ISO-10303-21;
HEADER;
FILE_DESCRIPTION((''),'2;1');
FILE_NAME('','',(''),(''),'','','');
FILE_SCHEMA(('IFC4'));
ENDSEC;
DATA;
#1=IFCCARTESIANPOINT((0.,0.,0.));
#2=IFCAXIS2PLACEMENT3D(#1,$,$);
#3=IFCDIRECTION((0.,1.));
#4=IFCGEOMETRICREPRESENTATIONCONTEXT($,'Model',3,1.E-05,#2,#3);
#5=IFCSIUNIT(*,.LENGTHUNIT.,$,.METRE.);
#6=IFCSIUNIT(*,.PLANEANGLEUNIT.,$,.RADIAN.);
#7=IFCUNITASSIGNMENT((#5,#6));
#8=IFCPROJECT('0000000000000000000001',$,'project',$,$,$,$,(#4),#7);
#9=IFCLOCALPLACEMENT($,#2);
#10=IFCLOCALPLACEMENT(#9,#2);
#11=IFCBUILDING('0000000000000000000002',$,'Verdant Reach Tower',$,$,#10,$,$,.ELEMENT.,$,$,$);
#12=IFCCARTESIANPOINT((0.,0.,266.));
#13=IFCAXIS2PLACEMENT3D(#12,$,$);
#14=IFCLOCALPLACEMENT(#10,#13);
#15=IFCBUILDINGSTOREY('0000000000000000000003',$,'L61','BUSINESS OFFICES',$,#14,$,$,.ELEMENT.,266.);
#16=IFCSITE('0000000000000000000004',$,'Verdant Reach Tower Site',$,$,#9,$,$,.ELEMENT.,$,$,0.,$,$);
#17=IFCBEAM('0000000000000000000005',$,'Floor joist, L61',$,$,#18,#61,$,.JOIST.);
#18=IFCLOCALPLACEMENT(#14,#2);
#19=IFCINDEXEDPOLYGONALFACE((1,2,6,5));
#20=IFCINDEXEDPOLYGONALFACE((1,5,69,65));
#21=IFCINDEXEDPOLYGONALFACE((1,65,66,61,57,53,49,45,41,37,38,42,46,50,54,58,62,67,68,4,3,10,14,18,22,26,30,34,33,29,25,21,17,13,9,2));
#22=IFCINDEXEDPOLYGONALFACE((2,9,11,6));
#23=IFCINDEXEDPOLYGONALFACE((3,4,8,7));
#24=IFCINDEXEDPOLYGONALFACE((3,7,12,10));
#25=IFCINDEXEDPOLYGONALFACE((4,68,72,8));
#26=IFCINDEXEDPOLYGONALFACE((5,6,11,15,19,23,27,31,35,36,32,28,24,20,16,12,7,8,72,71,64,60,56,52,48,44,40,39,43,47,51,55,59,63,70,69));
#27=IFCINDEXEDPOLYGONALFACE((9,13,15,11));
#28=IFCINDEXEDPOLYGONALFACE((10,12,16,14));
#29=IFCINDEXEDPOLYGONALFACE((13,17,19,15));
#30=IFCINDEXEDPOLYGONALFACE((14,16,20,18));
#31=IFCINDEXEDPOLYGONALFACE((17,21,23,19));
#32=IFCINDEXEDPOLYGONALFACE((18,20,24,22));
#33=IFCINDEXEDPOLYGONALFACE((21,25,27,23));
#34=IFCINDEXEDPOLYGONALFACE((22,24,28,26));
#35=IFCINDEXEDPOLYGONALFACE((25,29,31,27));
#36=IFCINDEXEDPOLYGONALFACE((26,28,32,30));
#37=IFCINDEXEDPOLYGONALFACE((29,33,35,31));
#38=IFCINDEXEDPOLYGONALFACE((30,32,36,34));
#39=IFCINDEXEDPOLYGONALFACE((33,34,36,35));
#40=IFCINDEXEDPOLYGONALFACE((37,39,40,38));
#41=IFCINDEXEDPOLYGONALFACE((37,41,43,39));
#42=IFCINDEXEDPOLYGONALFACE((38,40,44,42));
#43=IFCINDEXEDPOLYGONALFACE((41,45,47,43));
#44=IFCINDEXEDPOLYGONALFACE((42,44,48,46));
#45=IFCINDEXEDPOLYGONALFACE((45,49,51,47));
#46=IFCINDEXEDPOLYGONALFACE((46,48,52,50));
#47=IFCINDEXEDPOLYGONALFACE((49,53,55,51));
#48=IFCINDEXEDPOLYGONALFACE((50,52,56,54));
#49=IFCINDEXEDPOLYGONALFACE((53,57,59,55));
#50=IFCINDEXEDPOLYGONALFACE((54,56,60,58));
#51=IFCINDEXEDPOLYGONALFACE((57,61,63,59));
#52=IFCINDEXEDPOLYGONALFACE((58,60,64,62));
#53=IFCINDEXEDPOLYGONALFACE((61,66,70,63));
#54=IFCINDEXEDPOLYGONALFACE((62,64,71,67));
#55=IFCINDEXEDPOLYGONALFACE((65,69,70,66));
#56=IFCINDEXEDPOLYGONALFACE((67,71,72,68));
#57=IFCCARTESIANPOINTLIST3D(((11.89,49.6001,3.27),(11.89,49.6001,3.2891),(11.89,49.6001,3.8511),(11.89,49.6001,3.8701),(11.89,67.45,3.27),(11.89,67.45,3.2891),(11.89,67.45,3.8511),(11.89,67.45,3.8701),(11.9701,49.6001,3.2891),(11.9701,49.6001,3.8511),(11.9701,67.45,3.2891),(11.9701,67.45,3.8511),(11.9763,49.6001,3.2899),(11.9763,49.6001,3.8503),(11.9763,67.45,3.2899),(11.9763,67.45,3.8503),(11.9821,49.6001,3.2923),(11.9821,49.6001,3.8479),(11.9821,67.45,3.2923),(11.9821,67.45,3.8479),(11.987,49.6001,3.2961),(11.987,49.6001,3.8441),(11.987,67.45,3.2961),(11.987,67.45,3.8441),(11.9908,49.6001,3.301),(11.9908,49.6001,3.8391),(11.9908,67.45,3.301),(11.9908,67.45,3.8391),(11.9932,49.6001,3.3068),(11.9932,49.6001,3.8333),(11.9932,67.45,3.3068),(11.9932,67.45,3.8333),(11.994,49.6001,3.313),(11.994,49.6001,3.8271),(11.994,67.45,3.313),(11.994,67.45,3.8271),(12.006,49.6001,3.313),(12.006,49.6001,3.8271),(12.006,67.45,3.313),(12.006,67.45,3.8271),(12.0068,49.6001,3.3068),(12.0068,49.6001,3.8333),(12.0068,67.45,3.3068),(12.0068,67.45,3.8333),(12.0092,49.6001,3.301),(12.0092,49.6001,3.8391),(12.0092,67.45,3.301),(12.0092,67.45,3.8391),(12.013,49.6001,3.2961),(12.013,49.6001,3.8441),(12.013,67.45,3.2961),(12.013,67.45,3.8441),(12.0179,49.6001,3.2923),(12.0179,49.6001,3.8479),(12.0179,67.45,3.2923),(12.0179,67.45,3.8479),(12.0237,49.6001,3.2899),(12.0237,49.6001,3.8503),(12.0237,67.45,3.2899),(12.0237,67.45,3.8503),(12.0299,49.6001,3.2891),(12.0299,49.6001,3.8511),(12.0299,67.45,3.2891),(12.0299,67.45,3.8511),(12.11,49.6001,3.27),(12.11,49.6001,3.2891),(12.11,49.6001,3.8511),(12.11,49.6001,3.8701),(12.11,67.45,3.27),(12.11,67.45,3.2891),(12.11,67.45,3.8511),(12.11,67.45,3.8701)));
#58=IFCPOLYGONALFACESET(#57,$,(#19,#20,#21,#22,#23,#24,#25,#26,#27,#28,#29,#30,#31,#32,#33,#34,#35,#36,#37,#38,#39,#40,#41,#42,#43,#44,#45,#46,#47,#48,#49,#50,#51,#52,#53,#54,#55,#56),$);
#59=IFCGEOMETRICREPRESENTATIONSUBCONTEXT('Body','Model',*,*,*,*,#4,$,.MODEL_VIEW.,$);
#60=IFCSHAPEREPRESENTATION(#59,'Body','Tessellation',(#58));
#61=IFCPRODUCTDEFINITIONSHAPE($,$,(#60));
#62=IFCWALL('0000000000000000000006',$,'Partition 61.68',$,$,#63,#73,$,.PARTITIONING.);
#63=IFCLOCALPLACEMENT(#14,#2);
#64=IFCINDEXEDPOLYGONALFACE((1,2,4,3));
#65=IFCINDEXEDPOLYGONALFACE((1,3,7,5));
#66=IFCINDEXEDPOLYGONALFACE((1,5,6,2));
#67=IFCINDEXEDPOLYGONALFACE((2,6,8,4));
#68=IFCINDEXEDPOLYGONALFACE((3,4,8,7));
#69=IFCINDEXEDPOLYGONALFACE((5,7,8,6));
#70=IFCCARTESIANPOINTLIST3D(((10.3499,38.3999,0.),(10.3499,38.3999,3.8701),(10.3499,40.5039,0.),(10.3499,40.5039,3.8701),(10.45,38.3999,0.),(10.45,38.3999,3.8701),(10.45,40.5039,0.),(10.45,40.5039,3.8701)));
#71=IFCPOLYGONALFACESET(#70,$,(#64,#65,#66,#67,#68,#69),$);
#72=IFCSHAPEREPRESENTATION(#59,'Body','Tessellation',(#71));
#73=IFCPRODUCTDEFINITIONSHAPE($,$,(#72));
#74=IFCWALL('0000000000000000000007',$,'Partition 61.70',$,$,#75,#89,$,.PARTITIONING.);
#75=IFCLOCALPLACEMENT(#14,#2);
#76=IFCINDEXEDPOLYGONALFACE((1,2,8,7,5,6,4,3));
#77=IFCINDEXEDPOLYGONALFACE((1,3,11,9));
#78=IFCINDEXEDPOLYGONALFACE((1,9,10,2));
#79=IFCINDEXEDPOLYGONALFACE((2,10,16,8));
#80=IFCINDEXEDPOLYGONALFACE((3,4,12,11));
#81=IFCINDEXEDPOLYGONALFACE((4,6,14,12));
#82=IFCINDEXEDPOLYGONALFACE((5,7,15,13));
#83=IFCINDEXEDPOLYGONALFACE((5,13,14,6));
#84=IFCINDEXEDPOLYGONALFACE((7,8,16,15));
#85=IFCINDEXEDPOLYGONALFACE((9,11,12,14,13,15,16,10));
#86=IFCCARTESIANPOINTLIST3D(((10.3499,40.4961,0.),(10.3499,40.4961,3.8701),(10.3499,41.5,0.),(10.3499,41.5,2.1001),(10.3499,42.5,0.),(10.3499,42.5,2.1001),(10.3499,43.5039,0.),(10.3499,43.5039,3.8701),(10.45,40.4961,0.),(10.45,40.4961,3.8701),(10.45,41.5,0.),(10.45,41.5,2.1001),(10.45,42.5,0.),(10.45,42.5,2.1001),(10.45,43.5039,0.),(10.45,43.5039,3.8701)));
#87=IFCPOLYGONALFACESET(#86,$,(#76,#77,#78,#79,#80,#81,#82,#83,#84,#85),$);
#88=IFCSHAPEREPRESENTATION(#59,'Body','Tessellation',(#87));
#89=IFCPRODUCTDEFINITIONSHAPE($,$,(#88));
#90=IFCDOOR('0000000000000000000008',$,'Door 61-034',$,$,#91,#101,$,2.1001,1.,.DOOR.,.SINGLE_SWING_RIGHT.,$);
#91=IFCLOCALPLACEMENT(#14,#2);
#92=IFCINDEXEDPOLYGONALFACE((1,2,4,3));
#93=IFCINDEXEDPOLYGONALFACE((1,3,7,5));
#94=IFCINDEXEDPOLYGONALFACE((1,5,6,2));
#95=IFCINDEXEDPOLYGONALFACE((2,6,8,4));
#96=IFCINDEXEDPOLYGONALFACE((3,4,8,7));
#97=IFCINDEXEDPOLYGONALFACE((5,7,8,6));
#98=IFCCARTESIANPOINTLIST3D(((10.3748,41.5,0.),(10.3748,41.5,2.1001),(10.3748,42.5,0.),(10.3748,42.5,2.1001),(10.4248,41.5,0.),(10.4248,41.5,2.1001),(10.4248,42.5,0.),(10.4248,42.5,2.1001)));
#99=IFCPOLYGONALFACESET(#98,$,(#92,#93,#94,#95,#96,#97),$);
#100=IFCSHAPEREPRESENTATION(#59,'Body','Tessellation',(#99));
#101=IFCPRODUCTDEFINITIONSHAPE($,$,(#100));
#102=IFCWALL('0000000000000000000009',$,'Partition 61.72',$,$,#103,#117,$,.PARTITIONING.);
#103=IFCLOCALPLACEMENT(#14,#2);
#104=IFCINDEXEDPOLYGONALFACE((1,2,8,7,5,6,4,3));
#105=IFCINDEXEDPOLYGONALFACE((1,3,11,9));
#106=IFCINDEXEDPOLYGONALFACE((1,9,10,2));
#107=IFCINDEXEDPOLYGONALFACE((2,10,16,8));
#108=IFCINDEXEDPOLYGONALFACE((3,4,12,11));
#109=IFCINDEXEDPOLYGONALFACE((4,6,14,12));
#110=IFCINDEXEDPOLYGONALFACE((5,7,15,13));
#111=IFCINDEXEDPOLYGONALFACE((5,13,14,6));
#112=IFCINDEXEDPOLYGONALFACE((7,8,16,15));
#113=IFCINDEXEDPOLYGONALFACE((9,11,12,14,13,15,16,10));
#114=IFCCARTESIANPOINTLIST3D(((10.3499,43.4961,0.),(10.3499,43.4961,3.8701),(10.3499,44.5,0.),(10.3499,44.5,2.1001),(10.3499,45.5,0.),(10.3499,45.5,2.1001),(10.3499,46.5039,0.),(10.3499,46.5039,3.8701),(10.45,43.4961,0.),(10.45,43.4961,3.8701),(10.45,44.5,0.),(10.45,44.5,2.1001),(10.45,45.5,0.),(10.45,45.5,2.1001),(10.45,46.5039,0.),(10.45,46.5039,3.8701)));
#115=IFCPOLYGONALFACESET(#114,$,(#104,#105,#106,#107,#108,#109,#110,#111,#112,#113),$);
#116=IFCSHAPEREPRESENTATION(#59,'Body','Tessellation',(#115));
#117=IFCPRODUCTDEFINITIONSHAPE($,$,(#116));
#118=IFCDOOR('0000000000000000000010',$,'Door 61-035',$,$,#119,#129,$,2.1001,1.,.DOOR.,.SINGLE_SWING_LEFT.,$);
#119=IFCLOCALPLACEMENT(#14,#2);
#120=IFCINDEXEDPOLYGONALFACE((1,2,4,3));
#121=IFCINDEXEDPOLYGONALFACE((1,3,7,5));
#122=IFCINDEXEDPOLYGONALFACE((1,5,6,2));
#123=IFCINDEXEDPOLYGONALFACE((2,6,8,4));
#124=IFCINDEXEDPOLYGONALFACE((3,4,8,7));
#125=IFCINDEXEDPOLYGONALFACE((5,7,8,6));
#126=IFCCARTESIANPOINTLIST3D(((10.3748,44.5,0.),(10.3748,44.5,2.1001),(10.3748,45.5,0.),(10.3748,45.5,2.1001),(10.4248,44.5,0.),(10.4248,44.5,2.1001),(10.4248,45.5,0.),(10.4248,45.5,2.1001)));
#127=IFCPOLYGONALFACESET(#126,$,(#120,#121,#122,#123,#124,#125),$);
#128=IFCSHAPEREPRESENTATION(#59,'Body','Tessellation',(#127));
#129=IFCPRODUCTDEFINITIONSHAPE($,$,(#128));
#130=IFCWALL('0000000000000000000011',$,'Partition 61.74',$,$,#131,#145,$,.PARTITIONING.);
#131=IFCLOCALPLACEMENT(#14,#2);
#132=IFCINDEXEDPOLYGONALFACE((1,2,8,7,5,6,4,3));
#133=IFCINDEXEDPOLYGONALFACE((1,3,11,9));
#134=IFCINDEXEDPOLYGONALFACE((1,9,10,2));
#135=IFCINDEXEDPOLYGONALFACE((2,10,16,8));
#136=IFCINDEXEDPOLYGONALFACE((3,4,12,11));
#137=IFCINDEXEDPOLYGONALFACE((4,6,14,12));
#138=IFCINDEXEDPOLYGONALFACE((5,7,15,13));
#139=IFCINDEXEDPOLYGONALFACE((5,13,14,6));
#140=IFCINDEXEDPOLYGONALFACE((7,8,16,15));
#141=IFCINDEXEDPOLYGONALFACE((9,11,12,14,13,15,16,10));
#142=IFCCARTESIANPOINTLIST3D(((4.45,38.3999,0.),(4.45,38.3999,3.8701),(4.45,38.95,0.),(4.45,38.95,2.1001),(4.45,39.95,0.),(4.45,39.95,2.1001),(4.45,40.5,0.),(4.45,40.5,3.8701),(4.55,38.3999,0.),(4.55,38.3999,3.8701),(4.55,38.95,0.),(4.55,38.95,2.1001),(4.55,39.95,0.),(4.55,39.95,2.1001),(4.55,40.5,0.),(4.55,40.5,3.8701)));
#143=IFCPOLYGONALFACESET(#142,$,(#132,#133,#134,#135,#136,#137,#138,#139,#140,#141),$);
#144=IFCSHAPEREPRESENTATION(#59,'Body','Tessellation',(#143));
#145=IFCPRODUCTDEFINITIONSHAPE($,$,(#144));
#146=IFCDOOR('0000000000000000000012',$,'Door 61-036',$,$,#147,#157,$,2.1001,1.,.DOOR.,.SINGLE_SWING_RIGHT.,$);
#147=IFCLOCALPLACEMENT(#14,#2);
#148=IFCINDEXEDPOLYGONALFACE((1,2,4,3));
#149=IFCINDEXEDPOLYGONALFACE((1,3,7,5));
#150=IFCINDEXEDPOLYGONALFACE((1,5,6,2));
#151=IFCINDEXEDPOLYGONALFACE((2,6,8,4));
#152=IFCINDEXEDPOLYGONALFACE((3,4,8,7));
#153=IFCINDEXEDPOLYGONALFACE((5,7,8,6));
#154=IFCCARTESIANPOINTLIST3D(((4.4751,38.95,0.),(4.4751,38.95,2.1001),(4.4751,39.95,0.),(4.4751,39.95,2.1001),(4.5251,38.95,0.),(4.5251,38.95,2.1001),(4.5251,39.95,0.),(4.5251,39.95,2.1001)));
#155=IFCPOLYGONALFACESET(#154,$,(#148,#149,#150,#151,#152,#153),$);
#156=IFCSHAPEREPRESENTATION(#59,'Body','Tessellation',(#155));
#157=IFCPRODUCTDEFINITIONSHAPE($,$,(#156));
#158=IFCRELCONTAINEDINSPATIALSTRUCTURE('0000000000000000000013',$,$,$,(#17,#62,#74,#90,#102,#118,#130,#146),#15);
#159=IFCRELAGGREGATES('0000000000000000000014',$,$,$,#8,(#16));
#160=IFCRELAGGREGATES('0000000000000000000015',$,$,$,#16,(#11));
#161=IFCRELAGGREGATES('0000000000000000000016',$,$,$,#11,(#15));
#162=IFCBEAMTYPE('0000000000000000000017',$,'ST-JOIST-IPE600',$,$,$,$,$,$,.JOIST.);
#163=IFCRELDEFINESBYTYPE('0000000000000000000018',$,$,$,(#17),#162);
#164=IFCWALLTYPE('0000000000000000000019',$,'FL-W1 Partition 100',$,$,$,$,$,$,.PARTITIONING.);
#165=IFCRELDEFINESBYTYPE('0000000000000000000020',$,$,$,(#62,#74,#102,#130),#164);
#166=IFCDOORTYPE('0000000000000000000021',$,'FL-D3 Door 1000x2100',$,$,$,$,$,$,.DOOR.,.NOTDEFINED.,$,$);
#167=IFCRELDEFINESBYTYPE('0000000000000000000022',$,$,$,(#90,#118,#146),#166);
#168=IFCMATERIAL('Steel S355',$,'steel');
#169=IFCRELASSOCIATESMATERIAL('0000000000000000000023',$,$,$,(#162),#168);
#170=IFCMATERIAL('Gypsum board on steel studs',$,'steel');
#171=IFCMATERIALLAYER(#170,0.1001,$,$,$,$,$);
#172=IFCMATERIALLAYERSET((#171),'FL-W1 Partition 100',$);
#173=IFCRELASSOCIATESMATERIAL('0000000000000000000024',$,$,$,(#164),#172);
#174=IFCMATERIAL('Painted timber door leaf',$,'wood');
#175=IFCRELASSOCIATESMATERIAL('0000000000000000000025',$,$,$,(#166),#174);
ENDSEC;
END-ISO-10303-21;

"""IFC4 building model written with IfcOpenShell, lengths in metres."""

from ifc_helpers import new_model, si_unit, direction, frame, frame_2d, origin, origin_2d, place, context, subcontext, project, spatial, rectangle, i_section, extrude, material, layer, layer_set, material_profile, profile_set, type_object, element, fill, save


model = new_model("IFC4")

# Units and contexts
model_context = context("Model", 3, precision=1e-05, world=origin(), true_north=direction((0.0, 1.0)))
body_context = subcontext(model_context, "Body", "Model", "MODEL_VIEW")
ifc_project = project(units=[si_unit("LENGTHUNIT", "METRE"), si_unit("PLANEANGLEUNIT", "RADIAN")], contexts=[model_context])

# Site, building, storey
site_placement = place(None, origin())
site = spatial("IfcSite", under=ifc_project, at=site_placement, Name="Verdant Reach Tower Site", CompositionType="ELEMENT", RefElevation=0.0)
building_placement = place(site_placement, origin())
building = spatial("IfcBuilding", under=site, at=building_placement, Name="Verdant Reach Tower", CompositionType="ELEMENT")
storey_placement = place(building_placement, frame((0.0, 0.0, 266.0)))
storey = spatial("IfcBuildingStorey", under=building, at=storey_placement, Name="L61", Description="BUSINESS OFFICES", CompositionType="ELEMENT", Elevation=266.0)

# Beam
ifc_material_1 = material(Name="Steel S355", Category="steel")
ifc_material_profile_1 = material_profile(ifc_material_1, i_section(OverallWidth=0.22, OverallDepth=0.6001, WebThickness=0.012, FlangeThickness=0.019, FilletRadius=0.0239, at=origin_2d()), Name="IPE 600")
ifc_profile_set_1 = profile_set([ifc_material_profile_1], Name="Steel S355")
beam_type_1 = type_object("IfcBeamType", Name="ST-JOIST-IPE600", PredefinedType="JOIST", material=ifc_profile_set_1)
beam_1_placement = place(storey_placement, frame((12.0, 49.6001, 3.5701), z_axis=(0.0, 1.0, 0.0), x_axis=(-1.0, 0.0, 0.0)))
element("IfcBeam", 1, at=beam_1_placement, inside=storey, type_object=beam_type_1, Name="Floor joist, L61", PredefinedType="JOIST", context=body_context, shape_type="SweptSolid", body=[
    extrude(i_section(OverallWidth=0.22, OverallDepth=0.6001, WebThickness=0.012, FlangeThickness=0.019, FilletRadius=0.0239, at=origin_2d()), origin(), (0.0, 0.0, 1.0), 17.8499),
])

# Wall
ifc_material_2 = material(Name="Gypsum board on steel studs", Category="steel")
ifc_layer_1 = layer(ifc_material_2, 0.1001)
ifc_layer_set_1 = layer_set([ifc_layer_1], Name="FL-W1 Partition 100")
wall_type_1 = type_object("IfcWallType", Name="FL-W1 Partition 100", PredefinedType="PARTITIONING", material=ifc_layer_set_1)
wall_1_placement = place(storey_placement, frame((10.3999, 40.5039, 0.0), z_axis=(0.0, 0.0, 1.0), x_axis=(0.0, -1.0, 0.0)))
element("IfcWall", 2, at=wall_1_placement, inside=storey, type_object=wall_type_1, Name="Partition 61.68", PredefinedType="PARTITIONING", context=body_context, shape_type="SweptSolid", body=[
    extrude(rectangle(XDim=2.104, YDim=0.1001, at=frame_2d((1.052, 0.0))), origin(), (0.0, 0.0, 1.0), 3.8701),
])

# Walls, openings, doors
wall_2_placement = place(storey_placement, frame((10.3999, 43.5039, 0.0), z_axis=(0.0, 0.0, 1.0), x_axis=(0.0, -1.0, 0.0)))
wall_2 = element("IfcWall", 3, at=wall_2_placement, inside=storey, type_object=wall_type_1, Name="Partition 61.70", PredefinedType="PARTITIONING", context=body_context, shape_type="SweptSolid", body=[
    extrude(rectangle(XDim=3.0078, YDim=0.1001, at=frame_2d((1.5039, 0.0))), origin(), (0.0, 0.0, 1.0), 3.8701),
])
opening_1_placement = place(wall_2_placement, frame((1.0039, 0.0, 0.0)))
opening_1 = element("IfcOpeningElement", 4, at=opening_1_placement, cuts=wall_2, PredefinedType="OPENING", context=body_context, shape_type="SweptSolid", body=[
    extrude(rectangle(XDim=1.0, YDim=2.1001, at=frame_2d((0.5, 1.05))), frame((0.0, 0.0601, 0.0), z_axis=(0.0, -1.0, 0.0), x_axis=(1.0, 0.0, 0.0)), (0.0, 0.0, 1.0), 0.1201),
])
ifc_material_3 = material(Name="Painted timber door leaf", Category="wood")
door_type_1 = type_object("IfcDoorType", Name="FL-D3 Door 1000x2100", OperationType="NOTDEFINED", PredefinedType="DOOR", material=ifc_material_3)
door_1_placement = place(opening_1_placement, origin())
door_1 = element("IfcDoor", 5, at=door_1_placement, inside=storey, type_object=door_type_1, Name="Door 61-034", OperationType="SINGLE_SWING_RIGHT", OverallHeight=2.1001, OverallWidth=1.0, PredefinedType="DOOR", context=body_context, shape_type="SweptSolid", body=[
    extrude(rectangle(XDim=1.0, YDim=2.1001, at=frame_2d((0.5, 1.05))), frame((0.0, 0.0249, 0.0), z_axis=(0.0, -1.0, 0.0), x_axis=(1.0, 0.0, 0.0)), (0.0, 0.0, 1.0), 0.05),
])
fill(opening_1, door_1)
wall_3_placement = place(storey_placement, frame((10.3999, 46.5039, 0.0), z_axis=(0.0, 0.0, 1.0), x_axis=(0.0, -1.0, 0.0)))
wall_3 = element("IfcWall", 6, at=wall_3_placement, inside=storey, type_object=wall_type_1, Name="Partition 61.72", PredefinedType="PARTITIONING", context=body_context, shape_type="SweptSolid", body=[
    extrude(rectangle(XDim=3.0078, YDim=0.1001, at=frame_2d((1.5039, 0.0))), origin(), (0.0, 0.0, 1.0), 3.8701),
])
opening_2_placement = place(wall_3_placement, frame((1.0039, 0.0, 0.0)))
opening_2 = element("IfcOpeningElement", 7, at=opening_2_placement, cuts=wall_3, PredefinedType="OPENING", context=body_context, shape_type="SweptSolid", body=[
    extrude(rectangle(XDim=1.0, YDim=2.1001, at=frame_2d((0.5, 1.05))), frame((0.0, 0.0601, 0.0), z_axis=(0.0, -1.0, 0.0), x_axis=(1.0, 0.0, 0.0)), (0.0, 0.0, 1.0), 0.1201),
])
door_2_placement = place(opening_2_placement, origin())
door_2 = element("IfcDoor", 8, at=door_2_placement, inside=storey, type_object=door_type_1, Name="Door 61-035", OperationType="SINGLE_SWING_LEFT", OverallHeight=2.1001, OverallWidth=1.0, PredefinedType="DOOR", context=body_context, shape_type="SweptSolid", body=[
    extrude(rectangle(XDim=1.0, YDim=2.1001, at=frame_2d((0.5, 1.05))), frame((0.0, 0.0249, 0.0), z_axis=(0.0, -1.0, 0.0), x_axis=(1.0, 0.0, 0.0)), (0.0, 0.0, 1.0), 0.05),
])
fill(opening_2, door_2)
wall_4_placement = place(storey_placement, frame((4.5, 38.3999, 0.0), z_axis=(0.0, 0.0, 1.0), x_axis=(0.0, 1.0, 0.0)))
wall_4 = element("IfcWall", 9, at=wall_4_placement, inside=storey, type_object=wall_type_1, Name="Partition 61.74", PredefinedType="PARTITIONING", context=body_context, shape_type="SweptSolid", body=[
    extrude(rectangle(XDim=2.1001, YDim=0.1001, at=frame_2d((1.05, 0.0))), origin(), (0.0, 0.0, 1.0), 3.8701),
])
opening_3_placement = place(wall_4_placement, frame((0.55, 0.0, 0.0)))
opening_3 = element("IfcOpeningElement", 10, at=opening_3_placement, cuts=wall_4, PredefinedType="OPENING", context=body_context, shape_type="SweptSolid", body=[
    extrude(rectangle(XDim=1.0, YDim=2.1001, at=frame_2d((0.5, 1.05))), frame((0.0, 0.0601, 0.0), z_axis=(0.0, -1.0, 0.0), x_axis=(1.0, 0.0, 0.0)), (0.0, 0.0, 1.0), 0.1201),
])
door_3_placement = place(opening_3_placement, origin())
door_3 = element("IfcDoor", 11, at=door_3_placement, inside=storey, type_object=door_type_1, Name="Door 61-036", OperationType="SINGLE_SWING_RIGHT", OverallHeight=2.1001, OverallWidth=1.0, PredefinedType="DOOR", context=body_context, shape_type="SweptSolid", body=[
    extrude(rectangle(XDim=1.0, YDim=2.1001, at=frame_2d((0.5, 1.05))), frame((0.0, 0.0249, 0.0), z_axis=(0.0, -1.0, 0.0), x_axis=(1.0, 0.0, 0.0)), (0.0, 0.0, 1.0), 0.05),
])
fill(opening_3, door_3)

save(model, "model.ifc")
